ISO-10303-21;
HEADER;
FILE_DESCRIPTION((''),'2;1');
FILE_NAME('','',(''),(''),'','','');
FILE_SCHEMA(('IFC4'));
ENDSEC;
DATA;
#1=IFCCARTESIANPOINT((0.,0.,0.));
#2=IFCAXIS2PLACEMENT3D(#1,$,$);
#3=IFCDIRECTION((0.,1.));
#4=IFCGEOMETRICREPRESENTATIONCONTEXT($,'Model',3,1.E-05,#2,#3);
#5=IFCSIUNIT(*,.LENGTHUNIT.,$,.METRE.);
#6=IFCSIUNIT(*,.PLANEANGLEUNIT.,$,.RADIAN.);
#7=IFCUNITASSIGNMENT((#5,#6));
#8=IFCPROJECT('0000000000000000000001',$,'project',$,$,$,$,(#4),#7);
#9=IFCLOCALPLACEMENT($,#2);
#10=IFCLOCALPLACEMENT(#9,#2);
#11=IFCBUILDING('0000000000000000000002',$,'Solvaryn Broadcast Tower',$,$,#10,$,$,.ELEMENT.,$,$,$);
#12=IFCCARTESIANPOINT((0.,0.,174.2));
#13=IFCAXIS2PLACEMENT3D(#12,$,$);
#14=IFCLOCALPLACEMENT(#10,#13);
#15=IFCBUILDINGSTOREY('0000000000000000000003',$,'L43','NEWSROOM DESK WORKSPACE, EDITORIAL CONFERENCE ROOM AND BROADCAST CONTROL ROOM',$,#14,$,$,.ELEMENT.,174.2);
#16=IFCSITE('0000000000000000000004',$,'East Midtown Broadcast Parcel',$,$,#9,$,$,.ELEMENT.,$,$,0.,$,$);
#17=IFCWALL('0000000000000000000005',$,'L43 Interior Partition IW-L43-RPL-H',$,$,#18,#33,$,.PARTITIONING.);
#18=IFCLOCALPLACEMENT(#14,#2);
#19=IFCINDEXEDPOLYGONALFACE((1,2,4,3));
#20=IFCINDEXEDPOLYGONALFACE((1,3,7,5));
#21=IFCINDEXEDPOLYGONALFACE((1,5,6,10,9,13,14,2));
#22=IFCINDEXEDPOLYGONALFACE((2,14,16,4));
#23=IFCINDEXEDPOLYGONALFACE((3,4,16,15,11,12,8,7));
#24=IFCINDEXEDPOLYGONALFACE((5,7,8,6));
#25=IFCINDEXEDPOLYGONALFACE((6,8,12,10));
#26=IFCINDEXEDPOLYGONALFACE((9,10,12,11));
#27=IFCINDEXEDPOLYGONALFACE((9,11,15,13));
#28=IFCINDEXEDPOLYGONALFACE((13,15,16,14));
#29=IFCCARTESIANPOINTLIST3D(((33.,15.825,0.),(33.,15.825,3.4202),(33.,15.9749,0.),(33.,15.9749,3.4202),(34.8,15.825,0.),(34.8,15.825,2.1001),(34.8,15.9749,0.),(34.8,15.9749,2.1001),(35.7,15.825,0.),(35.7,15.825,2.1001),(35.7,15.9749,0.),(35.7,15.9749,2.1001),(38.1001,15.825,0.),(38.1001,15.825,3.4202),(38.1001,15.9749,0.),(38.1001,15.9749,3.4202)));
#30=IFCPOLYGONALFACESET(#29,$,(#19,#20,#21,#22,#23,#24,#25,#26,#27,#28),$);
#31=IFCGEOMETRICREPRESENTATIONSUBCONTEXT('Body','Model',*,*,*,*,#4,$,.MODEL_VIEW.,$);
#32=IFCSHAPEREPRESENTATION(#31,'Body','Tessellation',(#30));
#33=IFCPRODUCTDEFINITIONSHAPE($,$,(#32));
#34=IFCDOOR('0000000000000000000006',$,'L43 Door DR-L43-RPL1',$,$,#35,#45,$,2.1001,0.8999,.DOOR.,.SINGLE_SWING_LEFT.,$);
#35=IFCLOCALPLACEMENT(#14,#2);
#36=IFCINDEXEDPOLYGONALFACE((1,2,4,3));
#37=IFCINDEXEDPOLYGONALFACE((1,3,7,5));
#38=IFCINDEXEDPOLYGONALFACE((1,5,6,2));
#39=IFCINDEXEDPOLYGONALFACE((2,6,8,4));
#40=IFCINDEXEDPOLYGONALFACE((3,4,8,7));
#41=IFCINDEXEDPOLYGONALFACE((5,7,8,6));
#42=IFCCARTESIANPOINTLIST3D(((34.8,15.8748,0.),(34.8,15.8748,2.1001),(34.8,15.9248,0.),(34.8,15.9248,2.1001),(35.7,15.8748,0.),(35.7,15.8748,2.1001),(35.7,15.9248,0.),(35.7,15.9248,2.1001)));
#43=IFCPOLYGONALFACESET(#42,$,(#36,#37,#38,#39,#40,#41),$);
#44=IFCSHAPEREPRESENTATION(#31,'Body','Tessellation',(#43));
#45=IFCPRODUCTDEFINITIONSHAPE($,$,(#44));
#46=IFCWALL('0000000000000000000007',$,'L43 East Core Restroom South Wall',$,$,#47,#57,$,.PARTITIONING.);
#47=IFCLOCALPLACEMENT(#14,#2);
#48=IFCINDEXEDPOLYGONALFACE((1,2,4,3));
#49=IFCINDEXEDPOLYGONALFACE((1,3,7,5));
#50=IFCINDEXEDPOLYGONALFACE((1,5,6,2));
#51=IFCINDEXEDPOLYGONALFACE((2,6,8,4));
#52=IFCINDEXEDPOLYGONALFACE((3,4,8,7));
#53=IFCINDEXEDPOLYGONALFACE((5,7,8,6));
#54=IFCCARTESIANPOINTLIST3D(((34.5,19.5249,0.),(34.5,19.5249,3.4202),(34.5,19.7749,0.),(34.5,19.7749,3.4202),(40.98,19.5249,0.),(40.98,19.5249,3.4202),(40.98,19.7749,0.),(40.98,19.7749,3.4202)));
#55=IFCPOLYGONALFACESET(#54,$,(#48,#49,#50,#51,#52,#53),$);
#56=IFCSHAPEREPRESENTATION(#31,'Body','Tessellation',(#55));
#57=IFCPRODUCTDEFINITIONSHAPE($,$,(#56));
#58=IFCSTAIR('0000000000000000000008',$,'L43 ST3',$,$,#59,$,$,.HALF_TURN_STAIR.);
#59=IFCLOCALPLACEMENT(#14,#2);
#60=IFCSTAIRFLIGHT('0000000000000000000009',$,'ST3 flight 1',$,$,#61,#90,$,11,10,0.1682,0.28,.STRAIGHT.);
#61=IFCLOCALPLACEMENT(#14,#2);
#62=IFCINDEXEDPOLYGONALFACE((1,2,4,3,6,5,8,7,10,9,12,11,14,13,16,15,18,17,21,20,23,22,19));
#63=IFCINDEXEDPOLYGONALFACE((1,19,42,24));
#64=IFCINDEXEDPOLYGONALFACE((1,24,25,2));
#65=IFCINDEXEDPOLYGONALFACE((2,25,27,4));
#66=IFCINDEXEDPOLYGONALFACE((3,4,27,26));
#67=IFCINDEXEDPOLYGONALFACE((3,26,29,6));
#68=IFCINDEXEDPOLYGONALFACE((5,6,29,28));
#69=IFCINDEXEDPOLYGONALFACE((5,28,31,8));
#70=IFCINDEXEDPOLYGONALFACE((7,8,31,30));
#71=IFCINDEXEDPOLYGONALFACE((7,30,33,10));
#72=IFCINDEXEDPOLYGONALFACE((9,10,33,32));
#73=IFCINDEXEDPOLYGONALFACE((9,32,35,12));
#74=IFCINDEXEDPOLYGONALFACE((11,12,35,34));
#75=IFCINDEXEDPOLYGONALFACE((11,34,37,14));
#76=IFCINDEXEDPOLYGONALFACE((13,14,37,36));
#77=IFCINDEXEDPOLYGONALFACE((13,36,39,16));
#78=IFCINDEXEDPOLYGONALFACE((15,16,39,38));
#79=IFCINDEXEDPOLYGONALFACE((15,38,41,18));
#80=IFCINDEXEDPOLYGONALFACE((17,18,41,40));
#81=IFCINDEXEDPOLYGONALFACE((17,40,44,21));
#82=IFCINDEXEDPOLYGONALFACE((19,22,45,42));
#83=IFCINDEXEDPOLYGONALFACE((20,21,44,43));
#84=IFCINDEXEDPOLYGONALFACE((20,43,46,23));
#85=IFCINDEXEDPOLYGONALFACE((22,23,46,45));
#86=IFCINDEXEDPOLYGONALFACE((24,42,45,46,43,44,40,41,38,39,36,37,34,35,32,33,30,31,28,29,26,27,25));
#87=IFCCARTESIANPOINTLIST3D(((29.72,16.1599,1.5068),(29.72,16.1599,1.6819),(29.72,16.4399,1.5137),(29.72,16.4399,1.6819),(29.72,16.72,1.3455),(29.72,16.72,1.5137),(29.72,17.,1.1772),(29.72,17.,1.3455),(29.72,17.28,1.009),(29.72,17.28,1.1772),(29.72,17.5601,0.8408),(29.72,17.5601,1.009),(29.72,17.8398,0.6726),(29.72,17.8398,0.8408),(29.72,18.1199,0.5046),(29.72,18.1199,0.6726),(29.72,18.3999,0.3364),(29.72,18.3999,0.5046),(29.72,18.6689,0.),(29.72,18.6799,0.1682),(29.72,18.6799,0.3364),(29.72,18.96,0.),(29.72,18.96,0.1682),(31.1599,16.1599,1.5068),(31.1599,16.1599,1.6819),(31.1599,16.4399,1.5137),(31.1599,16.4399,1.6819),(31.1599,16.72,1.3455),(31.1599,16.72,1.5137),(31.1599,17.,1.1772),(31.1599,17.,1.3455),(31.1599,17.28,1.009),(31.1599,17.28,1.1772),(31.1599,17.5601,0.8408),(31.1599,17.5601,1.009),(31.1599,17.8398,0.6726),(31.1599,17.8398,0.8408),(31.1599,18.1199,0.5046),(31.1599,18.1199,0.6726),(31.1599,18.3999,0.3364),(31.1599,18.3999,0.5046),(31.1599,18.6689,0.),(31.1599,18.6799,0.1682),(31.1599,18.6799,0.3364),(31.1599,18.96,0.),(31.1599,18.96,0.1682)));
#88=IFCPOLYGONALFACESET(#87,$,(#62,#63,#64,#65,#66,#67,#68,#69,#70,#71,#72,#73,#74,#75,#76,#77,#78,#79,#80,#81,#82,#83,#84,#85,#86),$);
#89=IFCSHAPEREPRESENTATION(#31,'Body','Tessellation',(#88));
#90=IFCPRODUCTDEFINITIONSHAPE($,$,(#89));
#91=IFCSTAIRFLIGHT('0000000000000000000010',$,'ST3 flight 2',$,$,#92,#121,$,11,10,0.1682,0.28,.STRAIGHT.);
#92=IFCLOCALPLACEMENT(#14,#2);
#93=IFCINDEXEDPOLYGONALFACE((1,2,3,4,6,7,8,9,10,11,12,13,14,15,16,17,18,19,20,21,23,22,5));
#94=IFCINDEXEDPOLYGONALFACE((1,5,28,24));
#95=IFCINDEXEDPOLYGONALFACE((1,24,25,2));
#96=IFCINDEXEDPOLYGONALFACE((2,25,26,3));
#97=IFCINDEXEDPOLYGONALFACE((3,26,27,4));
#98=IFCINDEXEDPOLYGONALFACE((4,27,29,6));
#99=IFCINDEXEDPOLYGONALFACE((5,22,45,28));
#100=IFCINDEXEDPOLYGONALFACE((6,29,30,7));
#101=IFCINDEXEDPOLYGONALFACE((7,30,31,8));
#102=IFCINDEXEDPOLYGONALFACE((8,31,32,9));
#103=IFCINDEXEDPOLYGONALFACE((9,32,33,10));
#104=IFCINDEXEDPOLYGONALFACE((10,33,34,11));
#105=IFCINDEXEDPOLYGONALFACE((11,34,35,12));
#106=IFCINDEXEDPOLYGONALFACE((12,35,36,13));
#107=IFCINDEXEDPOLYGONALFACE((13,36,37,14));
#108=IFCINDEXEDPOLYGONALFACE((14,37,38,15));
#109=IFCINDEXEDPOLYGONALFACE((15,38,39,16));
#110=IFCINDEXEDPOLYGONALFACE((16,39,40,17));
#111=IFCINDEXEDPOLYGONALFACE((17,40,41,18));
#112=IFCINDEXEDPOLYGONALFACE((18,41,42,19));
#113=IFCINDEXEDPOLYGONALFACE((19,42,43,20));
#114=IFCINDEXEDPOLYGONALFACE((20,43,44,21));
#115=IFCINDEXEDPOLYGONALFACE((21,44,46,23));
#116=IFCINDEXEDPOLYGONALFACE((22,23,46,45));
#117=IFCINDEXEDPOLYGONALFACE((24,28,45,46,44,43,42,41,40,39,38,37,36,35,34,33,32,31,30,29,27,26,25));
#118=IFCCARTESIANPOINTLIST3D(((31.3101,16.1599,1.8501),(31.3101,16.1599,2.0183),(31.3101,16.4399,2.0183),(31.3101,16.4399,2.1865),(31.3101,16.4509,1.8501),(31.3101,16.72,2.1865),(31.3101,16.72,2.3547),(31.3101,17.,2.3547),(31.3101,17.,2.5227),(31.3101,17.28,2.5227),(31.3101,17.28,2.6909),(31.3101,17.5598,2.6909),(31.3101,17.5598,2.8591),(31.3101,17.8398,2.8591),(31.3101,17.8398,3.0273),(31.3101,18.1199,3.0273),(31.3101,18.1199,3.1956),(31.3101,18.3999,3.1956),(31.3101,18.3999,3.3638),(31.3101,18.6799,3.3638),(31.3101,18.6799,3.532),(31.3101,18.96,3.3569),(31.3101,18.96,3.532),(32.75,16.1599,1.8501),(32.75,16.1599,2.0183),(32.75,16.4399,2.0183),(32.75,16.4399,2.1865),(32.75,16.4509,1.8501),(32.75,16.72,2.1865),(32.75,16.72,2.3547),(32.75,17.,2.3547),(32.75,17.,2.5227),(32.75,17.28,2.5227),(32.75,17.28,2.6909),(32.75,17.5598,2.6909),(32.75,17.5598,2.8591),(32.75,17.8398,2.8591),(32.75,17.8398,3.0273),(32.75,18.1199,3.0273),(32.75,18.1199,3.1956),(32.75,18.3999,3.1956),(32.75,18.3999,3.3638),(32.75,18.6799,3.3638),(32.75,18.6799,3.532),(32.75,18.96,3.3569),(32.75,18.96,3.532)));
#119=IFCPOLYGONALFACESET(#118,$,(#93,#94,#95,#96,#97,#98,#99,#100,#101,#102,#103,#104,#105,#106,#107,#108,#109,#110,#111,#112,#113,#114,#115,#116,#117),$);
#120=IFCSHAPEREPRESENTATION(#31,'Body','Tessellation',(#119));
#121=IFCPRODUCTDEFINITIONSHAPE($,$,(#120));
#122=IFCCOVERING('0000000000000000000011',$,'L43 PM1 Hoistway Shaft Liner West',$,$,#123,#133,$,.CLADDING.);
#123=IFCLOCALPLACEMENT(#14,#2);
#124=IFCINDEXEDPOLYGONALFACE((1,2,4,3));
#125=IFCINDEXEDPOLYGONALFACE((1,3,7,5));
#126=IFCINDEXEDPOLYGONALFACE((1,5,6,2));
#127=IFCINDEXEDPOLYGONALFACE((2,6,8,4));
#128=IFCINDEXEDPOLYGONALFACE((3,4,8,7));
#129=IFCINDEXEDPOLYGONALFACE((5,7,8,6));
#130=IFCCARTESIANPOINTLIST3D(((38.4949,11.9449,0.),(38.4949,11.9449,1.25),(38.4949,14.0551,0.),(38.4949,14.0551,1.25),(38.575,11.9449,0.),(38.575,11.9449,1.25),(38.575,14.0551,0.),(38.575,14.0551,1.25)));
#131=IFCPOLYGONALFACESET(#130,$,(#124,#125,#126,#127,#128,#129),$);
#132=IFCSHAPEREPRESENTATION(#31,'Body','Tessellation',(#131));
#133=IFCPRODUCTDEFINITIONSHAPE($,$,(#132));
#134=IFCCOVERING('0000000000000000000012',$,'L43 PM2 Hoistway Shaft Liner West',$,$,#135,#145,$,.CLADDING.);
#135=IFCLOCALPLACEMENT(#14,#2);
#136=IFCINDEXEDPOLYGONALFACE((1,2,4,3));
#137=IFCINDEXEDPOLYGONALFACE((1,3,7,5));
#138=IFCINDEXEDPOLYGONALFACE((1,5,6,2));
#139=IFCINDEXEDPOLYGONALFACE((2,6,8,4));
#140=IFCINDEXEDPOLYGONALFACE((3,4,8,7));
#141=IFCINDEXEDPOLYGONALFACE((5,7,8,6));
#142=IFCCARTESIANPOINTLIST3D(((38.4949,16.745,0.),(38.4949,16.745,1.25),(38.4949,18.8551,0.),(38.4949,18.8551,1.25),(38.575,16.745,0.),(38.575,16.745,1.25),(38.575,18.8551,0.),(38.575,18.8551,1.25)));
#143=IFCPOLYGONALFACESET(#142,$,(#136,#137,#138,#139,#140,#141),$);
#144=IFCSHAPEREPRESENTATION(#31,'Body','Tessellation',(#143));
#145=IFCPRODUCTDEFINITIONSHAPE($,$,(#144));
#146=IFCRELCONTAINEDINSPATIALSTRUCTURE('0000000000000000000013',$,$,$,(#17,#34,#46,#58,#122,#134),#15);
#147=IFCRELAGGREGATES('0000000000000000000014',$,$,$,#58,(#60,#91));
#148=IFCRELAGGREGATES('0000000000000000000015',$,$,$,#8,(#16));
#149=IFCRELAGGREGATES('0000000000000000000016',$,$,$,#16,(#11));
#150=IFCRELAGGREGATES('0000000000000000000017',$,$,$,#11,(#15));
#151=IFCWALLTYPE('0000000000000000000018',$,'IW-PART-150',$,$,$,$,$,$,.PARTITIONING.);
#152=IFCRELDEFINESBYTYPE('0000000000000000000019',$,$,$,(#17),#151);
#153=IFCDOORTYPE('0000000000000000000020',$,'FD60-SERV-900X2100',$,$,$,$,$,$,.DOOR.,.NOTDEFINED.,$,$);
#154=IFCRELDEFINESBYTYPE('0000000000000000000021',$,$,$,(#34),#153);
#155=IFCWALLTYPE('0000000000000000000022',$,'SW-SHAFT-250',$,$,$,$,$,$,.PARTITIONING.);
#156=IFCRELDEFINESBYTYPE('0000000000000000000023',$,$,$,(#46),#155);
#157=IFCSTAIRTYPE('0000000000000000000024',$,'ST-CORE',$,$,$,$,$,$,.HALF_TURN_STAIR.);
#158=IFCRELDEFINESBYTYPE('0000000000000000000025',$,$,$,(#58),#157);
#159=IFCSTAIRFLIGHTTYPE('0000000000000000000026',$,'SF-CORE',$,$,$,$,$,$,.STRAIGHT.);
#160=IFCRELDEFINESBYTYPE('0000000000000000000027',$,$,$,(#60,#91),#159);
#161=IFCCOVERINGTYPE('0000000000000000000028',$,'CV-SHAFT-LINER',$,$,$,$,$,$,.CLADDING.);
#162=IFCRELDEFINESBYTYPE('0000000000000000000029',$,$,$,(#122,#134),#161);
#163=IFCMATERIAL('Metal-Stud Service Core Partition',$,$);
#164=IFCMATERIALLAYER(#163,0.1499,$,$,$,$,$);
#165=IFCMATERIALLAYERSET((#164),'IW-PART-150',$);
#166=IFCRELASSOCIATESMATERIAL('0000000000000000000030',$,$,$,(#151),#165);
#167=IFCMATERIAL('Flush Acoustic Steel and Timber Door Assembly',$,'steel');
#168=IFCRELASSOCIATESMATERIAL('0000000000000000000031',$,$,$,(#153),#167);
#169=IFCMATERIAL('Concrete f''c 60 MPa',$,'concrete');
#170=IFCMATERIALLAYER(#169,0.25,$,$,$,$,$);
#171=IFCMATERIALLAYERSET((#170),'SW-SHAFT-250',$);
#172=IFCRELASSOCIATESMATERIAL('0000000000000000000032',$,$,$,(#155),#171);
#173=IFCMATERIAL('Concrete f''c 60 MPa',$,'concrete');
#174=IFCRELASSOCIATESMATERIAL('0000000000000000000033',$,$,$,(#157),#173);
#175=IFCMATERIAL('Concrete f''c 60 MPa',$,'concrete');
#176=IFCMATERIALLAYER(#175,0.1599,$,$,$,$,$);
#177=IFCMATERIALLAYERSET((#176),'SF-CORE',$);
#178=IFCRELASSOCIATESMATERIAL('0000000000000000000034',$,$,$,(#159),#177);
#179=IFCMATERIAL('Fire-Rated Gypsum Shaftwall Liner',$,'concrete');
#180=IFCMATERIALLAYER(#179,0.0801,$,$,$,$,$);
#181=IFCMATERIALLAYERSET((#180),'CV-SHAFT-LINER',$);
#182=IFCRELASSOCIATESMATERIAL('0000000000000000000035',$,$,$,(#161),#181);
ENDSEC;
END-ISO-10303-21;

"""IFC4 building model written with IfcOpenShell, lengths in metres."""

from ifc_helpers import new_model, si_unit, direction, frame, frame_2d, origin, origin_2d, place, context, subcontext, project, spatial, polyline, rectangle, outline, extrude, material, layer, layer_set, type_object, element, fill, aggregate, save


model = new_model("IFC4")

# Units and contexts
model_context = context("Model", 3, precision=1e-05, world=origin(), true_north=direction((0.0, 1.0)))
body_context = subcontext(model_context, "Body", "Model", "MODEL_VIEW")
ifc_project = project(units=[si_unit("LENGTHUNIT", "METRE"), si_unit("PLANEANGLEUNIT", "RADIAN")], contexts=[model_context])

# Site, building, storey
site_placement = place(None, origin())
site = spatial("IfcSite", under=ifc_project, at=site_placement, Name="East Midtown Broadcast Parcel", CompositionType="ELEMENT", RefElevation=0.0)
building_placement = place(site_placement, origin())
building = spatial("IfcBuilding", under=site, at=building_placement, Name="Solvaryn Broadcast Tower", CompositionType="ELEMENT")
storey_placement = place(building_placement, frame((0.0, 0.0, 174.2)))
storey = spatial("IfcBuildingStorey", under=building, at=storey_placement, Name="L43", Description="NEWSROOM DESK WORKSPACE, EDITORIAL CONFERENCE ROOM AND BROADCAST CONTROL ROOM", CompositionType="ELEMENT", Elevation=174.2)

# Wall, opening, door
ifc_material_1 = material(Name="Metal-Stud Service Core Partition")
ifc_layer_1 = layer(ifc_material_1, 0.1499)
ifc_layer_set_1 = layer_set([ifc_layer_1], Name="IW-PART-150")
wall_type_1 = type_object("IfcWallType", Name="IW-PART-150", PredefinedType="PARTITIONING", material=ifc_layer_set_1)
wall_1_placement = place(storey_placement, frame((33.0, 15.8999, 0.0), z_axis=(0.0, 0.0, 1.0), x_axis=(1.0, 0.0, 0.0)))
wall_1 = element("IfcWall", 1, at=wall_1_placement, inside=storey, type_object=wall_type_1, Name="L43 Interior Partition IW-L43-RPL-H", PredefinedType="PARTITIONING", context=body_context, shape_type="SweptSolid", body=[
    extrude(rectangle(XDim=5.1001, YDim=0.1499, at=frame_2d((2.55, 0.0))), origin(), (0.0, 0.0, 1.0), 3.4202),
])
opening_1_placement = place(wall_1_placement, frame((1.8, 0.0, 0.0)))
opening_1 = element("IfcOpeningElement", 2, at=opening_1_placement, cuts=wall_1, PredefinedType="OPENING", context=body_context, shape_type="SweptSolid", body=[
    extrude(rectangle(XDim=0.8999, YDim=2.1001, at=frame_2d((0.45, 1.05))), frame((0.0, 0.085, 0.0), z_axis=(0.0, -1.0, 0.0), x_axis=(1.0, 0.0, 0.0)), (0.0, 0.0, 1.0), 0.1699),
])
ifc_material_2 = material(Name="Flush Acoustic Steel and Timber Door Assembly", Category="steel")
door_type_1 = type_object("IfcDoorType", Name="FD60-SERV-900X2100", OperationType="NOTDEFINED", PredefinedType="DOOR", material=ifc_material_2)
door_1_placement = place(opening_1_placement, origin())
door_1 = element("IfcDoor", 3, at=door_1_placement, inside=storey, type_object=door_type_1, Name="L43 Door DR-L43-RPL1", OperationType="SINGLE_SWING_LEFT", OverallHeight=2.1001, OverallWidth=0.8999, PredefinedType="DOOR", context=body_context, shape_type="SweptSolid", body=[
    extrude(rectangle(XDim=0.8999, YDim=2.1001, at=frame_2d((0.45, 1.05))), frame((0.0, 0.0249, 0.0), z_axis=(0.0, -1.0, 0.0), x_axis=(1.0, 0.0, 0.0)), (0.0, 0.0, 1.0), 0.05),
])
fill(opening_1, door_1)

# Wall
ifc_material_3 = material(Name="Concrete f'c 60 MPa", Category="concrete")
ifc_layer_2 = layer(ifc_material_3, 0.25)
ifc_layer_set_2 = layer_set([ifc_layer_2], Name="SW-SHAFT-250")
wall_type_2 = type_object("IfcWallType", Name="SW-SHAFT-250", PredefinedType="PARTITIONING", material=ifc_layer_set_2)
wall_2_placement = place(storey_placement, frame((34.5, 19.6499, 0.0), z_axis=(0.0, 0.0, 1.0), x_axis=(1.0, 0.0, 0.0)))
element("IfcWall", 4, at=wall_2_placement, inside=storey, type_object=wall_type_2, Name="L43 East Core Restroom South Wall", PredefinedType="PARTITIONING", context=body_context, shape_type="SweptSolid", body=[
    extrude(rectangle(XDim=6.48, YDim=0.25, at=frame_2d((3.24, 0.0))), origin(), (0.0, 0.0, 1.0), 3.4202),
])

# Stair, stair flights
ifc_material_4 = material(Name="Concrete f'c 60 MPa", Category="concrete")
stair_type = type_object("IfcStairType", Name="ST-CORE", PredefinedType="HALF_TURN_STAIR", material=ifc_material_4)
stair_placement = place(storey_placement, origin())
stair = element("IfcStair", 5, at=stair_placement, inside=storey, type_object=stair_type, Name="L43 ST3", PredefinedType="HALF_TURN_STAIR")
ifc_material_5 = material(Name="Concrete f'c 60 MPa", Category="concrete")
ifc_layer_3 = layer(ifc_material_5, 0.1599)
ifc_layer_set_3 = layer_set([ifc_layer_3], Name="SF-CORE")
stair_flight_type = type_object("IfcStairFlightType", Name="SF-CORE", PredefinedType="STRAIGHT", material=ifc_layer_set_3)
stair_flight_1_placement = place(storey_placement, frame((30.4399, 18.96, 0.0), z_axis=(0.0, 0.0, 1.0), x_axis=(0.0, -1.0, 0.0)))
stair_flight_1 = element("IfcStairFlight", 6, at=stair_flight_1_placement, type_object=stair_flight_type, Name="ST3 flight 1", NumberOfRisers=11, NumberOfTreads=10, PredefinedType="STRAIGHT", RiserHeight=0.1682, TreadLength=0.28, context=body_context, shape_type="SweptSolid", body=[
    extrude(outline(polyline([(0.0, 0.0), (0.0, 0.1682), (0.28, 0.1682), (0.28, 0.3364), (0.5601, 0.3364), (0.5601, 0.5046), (0.8401, 0.5046), (0.8401, 0.6726), (1.1201, 0.6726), (1.1201, 0.8408), (1.3999, 0.8408), (1.3999, 1.009), (1.6799, 1.009), (1.6799, 1.1772), (1.96, 1.1772), (1.96, 1.3455), (2.24, 1.3455), (2.24, 1.5137), (2.52, 1.5137), (2.52, 1.6819), (2.8, 1.6819), (2.8, 1.8501), (2.8, 1.5068), (0.291, 0.0), (0.0, 0.0)])), frame((0.0, 0.72, 0.0), z_axis=(0.0, -1.0, 0.0), x_axis=(1.0, 0.0, 0.0)), (0.0, 0.0, 1.0), 1.4399),
])
stair_flight_2_placement = place(storey_placement, frame((32.03, 16.1599, 1.8501), z_axis=(0.0, 0.0, 1.0), x_axis=(0.0, 1.0, 0.0)))
stair_flight_2 = element("IfcStairFlight", 7, at=stair_flight_2_placement, type_object=stair_flight_type, Name="ST3 flight 2", NumberOfRisers=11, NumberOfTreads=10, PredefinedType="STRAIGHT", RiserHeight=0.1682, TreadLength=0.28, context=body_context, shape_type="SweptSolid", body=[
    extrude(outline(polyline([(0.0, 0.0), (0.0, 0.1682), (0.28, 0.1682), (0.28, 0.3364), (0.5601, 0.3364), (0.5601, 0.5046), (0.8401, 0.5046), (0.8401, 0.6726), (1.1201, 0.6726), (1.1201, 0.8408), (1.3999, 0.8408), (1.3999, 1.009), (1.6799, 1.009), (1.6799, 1.1772), (1.96, 1.1772), (1.96, 1.3455), (2.24, 1.3455), (2.24, 1.5137), (2.52, 1.5137), (2.52, 1.6819), (2.8, 1.6819), (2.8, 1.8501), (2.8, 1.5068), (0.291, 0.0), (0.0, 0.0)])), frame((0.0, 0.72, 0.0), z_axis=(0.0, -1.0, 0.0), x_axis=(1.0, 0.0, 0.0)), (0.0, 0.0, 1.0), 1.4399),
])
aggregate(stair, [stair_flight_1, stair_flight_2])

# Coverings
ifc_material_6 = material(Name="Fire-Rated Gypsum Shaftwall Liner", Category="concrete")
ifc_layer_4 = layer(ifc_material_6, 0.0801)
ifc_layer_set_4 = layer_set([ifc_layer_4], Name="CV-SHAFT-LINER")
covering_type = type_object("IfcCoveringType", Name="CV-SHAFT-LINER", PredefinedType="CLADDING", material=ifc_layer_set_4)
for number, where, z_axis, x_axis, name in (
    (8, (38.5349, 13.0, 0.0), (0.0, 0.0, 1.0), (1.0, 0.0, 0.0), "L43 PM1 Hoistway Shaft Liner West"),
    (9, (38.5349, 17.8, 0.0), (0.0, 0.0, 1.0), (1.0, 0.0, 0.0), "L43 PM2 Hoistway Shaft Liner West"),
):
    element("IfcCovering", number, at=place(storey_placement, frame(where, z_axis=z_axis, x_axis=x_axis)), inside=storey, type_object=covering_type, Name=name, PredefinedType="CLADDING", context=body_context, shape_type="SweptSolid", body=[
        extrude(rectangle(XDim=0.0801, YDim=2.1101, at=origin_2d()), origin(), (0.0, 0.0, 1.0), 1.25),
    ])

save(model, "model.ifc")
